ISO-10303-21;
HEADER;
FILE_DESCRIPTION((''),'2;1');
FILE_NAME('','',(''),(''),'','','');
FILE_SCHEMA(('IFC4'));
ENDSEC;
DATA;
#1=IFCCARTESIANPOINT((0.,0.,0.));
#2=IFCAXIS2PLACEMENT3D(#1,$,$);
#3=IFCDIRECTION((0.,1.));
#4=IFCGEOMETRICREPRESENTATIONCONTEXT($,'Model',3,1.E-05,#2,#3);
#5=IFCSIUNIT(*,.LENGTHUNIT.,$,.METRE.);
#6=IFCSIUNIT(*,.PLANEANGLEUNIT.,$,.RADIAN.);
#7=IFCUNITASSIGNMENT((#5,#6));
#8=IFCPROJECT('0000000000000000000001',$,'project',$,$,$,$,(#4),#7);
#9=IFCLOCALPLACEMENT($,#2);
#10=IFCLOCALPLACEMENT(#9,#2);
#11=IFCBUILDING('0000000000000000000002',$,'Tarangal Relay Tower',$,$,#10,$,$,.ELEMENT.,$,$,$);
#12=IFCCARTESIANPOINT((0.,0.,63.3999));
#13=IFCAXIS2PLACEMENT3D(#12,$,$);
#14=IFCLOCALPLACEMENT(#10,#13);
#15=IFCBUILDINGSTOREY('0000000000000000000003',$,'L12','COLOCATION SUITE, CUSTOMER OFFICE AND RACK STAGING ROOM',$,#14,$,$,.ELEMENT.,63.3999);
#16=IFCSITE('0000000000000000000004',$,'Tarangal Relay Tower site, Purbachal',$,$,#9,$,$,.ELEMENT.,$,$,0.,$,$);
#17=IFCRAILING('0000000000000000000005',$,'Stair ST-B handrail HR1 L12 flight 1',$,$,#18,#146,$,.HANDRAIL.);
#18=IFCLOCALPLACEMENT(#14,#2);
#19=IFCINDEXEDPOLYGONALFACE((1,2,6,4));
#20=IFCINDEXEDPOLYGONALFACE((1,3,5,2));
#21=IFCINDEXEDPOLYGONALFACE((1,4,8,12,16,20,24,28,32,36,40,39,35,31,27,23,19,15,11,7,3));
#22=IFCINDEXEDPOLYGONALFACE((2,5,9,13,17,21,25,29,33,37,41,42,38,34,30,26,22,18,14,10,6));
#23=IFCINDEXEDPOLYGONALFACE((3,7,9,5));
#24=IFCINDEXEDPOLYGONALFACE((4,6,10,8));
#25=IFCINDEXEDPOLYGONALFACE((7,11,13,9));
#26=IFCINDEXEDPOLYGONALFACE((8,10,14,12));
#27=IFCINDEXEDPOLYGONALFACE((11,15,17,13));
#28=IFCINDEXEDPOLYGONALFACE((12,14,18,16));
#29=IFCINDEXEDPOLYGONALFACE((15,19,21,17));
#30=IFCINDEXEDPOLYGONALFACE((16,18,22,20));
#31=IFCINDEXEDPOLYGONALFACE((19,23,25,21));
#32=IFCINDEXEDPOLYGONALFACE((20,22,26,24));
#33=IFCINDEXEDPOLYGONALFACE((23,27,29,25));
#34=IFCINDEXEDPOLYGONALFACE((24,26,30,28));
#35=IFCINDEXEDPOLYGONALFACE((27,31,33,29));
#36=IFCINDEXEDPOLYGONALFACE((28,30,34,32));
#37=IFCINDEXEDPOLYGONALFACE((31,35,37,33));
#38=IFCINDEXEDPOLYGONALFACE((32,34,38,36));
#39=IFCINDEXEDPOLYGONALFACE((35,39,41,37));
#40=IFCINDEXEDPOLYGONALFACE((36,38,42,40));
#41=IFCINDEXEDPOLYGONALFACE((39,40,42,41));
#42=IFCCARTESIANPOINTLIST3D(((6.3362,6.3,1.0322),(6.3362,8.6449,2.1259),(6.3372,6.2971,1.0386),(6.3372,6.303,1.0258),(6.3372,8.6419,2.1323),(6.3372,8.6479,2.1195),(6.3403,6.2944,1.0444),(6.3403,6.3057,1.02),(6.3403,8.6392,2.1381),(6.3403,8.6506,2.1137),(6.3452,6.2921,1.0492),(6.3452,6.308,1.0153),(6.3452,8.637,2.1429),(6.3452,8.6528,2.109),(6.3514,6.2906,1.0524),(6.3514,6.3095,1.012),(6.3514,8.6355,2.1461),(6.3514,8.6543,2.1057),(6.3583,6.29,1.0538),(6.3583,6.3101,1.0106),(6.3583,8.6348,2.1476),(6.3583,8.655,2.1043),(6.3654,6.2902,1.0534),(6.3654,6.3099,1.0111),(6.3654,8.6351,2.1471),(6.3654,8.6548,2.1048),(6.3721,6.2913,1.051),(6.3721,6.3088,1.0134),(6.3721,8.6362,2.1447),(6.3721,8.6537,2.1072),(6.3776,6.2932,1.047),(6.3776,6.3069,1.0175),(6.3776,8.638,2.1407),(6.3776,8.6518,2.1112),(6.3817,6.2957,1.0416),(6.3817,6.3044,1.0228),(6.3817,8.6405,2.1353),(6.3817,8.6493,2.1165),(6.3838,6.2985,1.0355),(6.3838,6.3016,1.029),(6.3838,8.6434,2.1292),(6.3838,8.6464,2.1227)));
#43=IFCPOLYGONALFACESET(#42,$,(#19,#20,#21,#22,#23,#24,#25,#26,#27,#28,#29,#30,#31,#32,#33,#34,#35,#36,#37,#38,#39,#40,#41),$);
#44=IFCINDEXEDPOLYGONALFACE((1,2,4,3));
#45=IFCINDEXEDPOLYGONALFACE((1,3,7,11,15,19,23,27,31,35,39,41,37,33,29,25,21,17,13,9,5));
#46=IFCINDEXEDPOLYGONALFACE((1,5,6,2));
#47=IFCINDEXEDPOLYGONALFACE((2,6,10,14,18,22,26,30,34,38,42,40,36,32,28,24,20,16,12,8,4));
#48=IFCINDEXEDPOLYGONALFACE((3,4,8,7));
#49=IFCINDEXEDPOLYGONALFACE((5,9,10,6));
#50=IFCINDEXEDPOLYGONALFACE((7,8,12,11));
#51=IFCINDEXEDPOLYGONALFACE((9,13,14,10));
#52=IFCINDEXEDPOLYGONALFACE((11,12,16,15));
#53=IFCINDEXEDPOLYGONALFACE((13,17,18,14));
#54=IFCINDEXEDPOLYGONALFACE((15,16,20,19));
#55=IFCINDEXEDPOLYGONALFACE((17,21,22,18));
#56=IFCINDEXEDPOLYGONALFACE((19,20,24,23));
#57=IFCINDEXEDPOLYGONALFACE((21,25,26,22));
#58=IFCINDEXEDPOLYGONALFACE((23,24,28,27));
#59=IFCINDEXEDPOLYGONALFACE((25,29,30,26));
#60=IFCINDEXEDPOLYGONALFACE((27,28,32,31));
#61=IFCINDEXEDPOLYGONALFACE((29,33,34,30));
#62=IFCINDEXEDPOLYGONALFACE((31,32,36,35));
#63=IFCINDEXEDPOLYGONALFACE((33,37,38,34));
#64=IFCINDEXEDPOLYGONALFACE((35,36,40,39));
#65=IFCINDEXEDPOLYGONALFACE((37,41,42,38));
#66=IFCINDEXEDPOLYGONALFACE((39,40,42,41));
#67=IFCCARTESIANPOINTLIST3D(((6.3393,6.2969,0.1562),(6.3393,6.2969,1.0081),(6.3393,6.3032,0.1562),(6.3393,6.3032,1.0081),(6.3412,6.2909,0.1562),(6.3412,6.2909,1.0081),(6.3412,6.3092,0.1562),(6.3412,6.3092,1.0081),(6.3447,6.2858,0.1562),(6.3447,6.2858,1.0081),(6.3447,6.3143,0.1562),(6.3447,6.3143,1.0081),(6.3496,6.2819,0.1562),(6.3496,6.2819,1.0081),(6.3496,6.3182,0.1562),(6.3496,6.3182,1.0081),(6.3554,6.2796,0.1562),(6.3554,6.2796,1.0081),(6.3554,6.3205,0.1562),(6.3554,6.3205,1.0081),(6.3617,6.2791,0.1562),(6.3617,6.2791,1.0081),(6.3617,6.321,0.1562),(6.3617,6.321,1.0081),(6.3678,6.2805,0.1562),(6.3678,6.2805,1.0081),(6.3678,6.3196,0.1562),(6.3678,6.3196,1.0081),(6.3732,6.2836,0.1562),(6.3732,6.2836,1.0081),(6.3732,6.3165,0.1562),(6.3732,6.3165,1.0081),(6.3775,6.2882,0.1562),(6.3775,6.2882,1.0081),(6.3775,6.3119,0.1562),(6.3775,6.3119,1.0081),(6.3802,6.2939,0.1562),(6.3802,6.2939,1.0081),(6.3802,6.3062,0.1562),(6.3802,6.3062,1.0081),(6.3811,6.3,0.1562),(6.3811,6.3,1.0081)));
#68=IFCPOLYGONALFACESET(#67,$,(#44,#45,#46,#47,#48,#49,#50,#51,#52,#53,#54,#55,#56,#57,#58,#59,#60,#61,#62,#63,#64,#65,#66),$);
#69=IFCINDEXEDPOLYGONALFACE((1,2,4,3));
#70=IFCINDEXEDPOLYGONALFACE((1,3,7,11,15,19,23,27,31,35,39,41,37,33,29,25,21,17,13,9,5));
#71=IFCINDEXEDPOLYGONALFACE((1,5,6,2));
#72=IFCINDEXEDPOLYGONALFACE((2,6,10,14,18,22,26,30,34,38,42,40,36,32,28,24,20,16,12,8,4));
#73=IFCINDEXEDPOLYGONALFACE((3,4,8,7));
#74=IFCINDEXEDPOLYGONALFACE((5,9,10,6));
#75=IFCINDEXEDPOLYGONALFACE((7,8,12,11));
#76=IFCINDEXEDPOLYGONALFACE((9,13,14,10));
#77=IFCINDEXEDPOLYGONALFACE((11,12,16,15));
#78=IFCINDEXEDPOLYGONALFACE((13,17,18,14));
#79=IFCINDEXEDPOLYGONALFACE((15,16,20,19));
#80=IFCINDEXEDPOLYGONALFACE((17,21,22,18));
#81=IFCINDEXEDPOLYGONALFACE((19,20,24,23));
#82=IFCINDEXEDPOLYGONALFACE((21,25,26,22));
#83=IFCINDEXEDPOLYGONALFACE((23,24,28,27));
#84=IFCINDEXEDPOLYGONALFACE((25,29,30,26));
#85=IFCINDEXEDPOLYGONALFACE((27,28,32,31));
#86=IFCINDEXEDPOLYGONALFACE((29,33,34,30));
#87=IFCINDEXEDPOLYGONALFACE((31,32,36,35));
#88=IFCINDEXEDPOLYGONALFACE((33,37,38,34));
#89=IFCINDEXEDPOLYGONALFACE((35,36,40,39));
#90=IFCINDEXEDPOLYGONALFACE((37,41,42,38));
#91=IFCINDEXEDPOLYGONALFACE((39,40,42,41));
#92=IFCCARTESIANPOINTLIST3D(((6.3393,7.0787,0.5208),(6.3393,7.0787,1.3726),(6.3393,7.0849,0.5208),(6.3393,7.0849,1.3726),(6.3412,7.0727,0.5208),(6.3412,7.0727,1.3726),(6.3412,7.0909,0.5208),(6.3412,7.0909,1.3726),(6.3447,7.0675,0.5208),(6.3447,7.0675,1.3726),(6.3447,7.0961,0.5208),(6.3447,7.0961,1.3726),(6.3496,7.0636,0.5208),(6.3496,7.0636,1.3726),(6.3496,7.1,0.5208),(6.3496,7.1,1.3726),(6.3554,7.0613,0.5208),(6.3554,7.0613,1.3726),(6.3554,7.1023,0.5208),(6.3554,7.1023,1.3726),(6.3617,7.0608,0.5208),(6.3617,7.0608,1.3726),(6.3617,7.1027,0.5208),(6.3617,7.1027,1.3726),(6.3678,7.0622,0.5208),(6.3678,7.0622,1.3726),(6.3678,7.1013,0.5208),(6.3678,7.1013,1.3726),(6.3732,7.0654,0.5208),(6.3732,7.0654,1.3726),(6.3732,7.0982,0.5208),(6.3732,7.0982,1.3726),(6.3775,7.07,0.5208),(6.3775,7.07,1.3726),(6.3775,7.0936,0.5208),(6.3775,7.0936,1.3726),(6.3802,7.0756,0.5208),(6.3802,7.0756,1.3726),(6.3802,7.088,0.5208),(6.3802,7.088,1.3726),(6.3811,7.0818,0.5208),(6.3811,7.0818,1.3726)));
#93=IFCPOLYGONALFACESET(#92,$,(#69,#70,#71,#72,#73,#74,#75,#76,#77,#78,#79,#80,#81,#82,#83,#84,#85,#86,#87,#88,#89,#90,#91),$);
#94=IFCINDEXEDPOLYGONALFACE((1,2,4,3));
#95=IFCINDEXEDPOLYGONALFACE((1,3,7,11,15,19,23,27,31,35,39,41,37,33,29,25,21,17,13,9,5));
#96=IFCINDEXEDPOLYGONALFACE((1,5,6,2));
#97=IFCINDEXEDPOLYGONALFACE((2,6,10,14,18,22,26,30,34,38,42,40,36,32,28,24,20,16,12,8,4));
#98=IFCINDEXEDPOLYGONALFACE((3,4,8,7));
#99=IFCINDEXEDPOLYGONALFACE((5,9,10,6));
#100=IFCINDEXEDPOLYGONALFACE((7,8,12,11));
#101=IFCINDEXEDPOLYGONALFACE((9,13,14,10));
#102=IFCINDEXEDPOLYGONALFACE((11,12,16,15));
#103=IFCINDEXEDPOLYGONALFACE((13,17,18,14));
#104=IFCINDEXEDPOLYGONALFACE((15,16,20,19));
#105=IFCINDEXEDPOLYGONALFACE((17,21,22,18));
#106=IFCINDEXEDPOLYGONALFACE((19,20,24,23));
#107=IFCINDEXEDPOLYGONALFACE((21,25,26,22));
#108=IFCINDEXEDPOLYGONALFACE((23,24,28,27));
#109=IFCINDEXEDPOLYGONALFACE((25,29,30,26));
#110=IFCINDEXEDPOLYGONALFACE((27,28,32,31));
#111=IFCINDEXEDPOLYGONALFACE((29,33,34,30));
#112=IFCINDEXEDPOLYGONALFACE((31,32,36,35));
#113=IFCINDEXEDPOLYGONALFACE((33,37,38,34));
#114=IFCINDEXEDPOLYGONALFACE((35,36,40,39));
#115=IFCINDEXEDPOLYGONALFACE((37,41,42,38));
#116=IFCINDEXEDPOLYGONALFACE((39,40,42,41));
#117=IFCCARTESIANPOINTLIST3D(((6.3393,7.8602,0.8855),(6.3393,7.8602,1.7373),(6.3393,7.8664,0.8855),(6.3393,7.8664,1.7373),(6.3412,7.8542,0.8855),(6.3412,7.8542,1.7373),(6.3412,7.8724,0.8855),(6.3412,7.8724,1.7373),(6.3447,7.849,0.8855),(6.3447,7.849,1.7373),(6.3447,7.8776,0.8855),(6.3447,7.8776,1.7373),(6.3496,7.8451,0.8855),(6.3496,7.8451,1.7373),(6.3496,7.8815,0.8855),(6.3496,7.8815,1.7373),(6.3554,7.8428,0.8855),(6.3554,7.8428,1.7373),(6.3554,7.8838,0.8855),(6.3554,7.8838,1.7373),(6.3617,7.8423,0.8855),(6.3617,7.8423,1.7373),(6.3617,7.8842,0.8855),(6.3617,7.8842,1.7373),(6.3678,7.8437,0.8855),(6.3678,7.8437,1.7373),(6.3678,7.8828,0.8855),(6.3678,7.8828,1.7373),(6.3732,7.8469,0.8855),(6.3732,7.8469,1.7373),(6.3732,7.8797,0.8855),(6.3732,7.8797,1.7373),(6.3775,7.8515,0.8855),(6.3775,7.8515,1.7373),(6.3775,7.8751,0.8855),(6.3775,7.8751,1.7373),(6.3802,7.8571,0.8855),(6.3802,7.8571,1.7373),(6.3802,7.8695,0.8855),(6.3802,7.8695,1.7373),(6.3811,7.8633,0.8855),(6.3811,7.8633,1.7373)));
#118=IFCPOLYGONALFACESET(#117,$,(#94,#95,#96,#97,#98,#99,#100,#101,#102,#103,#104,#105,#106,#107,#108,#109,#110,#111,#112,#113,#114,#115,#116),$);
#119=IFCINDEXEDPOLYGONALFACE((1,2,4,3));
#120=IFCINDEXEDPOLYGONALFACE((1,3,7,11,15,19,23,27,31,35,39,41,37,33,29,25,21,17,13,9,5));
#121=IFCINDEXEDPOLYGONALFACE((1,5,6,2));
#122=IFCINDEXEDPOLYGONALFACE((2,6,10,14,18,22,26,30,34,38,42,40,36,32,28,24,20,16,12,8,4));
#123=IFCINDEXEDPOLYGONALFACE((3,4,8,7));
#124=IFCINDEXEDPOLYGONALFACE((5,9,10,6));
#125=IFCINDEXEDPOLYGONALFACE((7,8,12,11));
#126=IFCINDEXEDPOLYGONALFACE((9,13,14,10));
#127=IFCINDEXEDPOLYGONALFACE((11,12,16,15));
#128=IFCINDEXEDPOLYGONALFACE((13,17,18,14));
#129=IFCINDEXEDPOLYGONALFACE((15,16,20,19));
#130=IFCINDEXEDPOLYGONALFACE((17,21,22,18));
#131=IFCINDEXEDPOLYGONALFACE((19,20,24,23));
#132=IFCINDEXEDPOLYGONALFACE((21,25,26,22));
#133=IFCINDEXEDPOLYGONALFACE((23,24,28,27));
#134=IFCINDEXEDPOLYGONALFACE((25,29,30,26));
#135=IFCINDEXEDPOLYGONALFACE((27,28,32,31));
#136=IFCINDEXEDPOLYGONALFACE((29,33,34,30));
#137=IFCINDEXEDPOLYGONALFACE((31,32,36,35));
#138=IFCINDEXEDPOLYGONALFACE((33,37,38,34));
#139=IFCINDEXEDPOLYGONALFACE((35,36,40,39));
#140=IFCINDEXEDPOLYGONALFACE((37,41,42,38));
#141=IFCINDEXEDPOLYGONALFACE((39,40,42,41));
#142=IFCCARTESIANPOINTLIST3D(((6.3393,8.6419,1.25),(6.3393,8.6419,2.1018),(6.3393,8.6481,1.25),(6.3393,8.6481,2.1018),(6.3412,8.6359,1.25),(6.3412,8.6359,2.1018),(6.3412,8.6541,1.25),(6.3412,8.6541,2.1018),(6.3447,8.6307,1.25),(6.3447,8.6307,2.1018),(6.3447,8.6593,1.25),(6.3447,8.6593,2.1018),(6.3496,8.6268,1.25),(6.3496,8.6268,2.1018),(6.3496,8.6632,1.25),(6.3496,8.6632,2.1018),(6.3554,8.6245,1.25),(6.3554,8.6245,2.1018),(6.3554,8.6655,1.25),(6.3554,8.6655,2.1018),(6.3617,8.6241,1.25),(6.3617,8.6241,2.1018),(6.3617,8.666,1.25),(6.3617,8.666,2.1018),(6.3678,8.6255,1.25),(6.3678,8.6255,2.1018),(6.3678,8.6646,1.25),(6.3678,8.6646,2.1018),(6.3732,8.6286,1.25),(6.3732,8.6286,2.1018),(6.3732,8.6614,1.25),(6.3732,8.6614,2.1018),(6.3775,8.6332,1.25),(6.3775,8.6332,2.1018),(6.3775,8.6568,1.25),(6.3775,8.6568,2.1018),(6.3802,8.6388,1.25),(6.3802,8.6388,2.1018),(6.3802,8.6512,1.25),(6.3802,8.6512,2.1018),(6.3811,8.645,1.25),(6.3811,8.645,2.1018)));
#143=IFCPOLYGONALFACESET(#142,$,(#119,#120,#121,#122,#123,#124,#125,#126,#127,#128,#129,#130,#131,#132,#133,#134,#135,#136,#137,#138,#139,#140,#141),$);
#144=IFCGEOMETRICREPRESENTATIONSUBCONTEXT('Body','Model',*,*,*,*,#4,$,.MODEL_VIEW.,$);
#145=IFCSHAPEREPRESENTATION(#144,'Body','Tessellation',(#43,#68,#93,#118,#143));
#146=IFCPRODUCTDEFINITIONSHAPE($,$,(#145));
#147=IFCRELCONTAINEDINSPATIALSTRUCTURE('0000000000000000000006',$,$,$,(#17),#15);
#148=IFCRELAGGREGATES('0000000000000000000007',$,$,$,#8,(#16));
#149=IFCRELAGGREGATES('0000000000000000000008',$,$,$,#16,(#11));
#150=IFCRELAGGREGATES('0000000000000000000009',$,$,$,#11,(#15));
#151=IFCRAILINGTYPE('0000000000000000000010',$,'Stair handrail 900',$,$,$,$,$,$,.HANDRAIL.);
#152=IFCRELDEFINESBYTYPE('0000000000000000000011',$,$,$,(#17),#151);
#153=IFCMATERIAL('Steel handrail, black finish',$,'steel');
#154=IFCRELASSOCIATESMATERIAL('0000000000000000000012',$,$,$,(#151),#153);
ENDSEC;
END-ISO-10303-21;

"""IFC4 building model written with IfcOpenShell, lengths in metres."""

from ifc_helpers import new_model, si_unit, direction, frame, origin, origin_2d, place, context, subcontext, project, spatial, circle, extrude, material, type_object, element, save


model = new_model("IFC4")

# Units and contexts
model_context = context("Model", 3, precision=1e-05, world=origin(), true_north=direction((0.0, 1.0)))
body_context = subcontext(model_context, "Body", "Model", "MODEL_VIEW")
ifc_project = project(units=[si_unit("LENGTHUNIT", "METRE"), si_unit("PLANEANGLEUNIT", "RADIAN")], contexts=[model_context])

# Site, building, storey
site_placement = place(None, origin())
site = spatial("IfcSite", under=ifc_project, at=site_placement, Name="Tarangal Relay Tower site, Purbachal", CompositionType="ELEMENT", RefElevation=0.0)
building_placement = place(site_placement, origin())
building = spatial("IfcBuilding", under=site, at=building_placement, Name="Tarangal Relay Tower", CompositionType="ELEMENT")
storey_placement = place(building_placement, frame((0.0, 0.0, 63.3999)))
storey = spatial("IfcBuildingStorey", under=building, at=storey_placement, Name="L12", Description="COLOCATION SUITE, CUSTOMER OFFICE AND RACK STAGING ROOM", CompositionType="ELEMENT", Elevation=63.3999)

# Railing
ifc_material_1 = material(Name="Steel handrail, black finish", Category="steel")
railing_type_1 = type_object("IfcRailingType", Name="Stair handrail 900", PredefinedType="HANDRAIL", material=ifc_material_1)
railing_1_placement = place(storey_placement, frame((6.3601, 6.3, 0.1562)))
element("IfcRailing", 1, at=railing_1_placement, inside=storey, type_object=railing_type_1, Name="Stair ST-B handrail HR1 L12 flight 1", PredefinedType="HANDRAIL", context=body_context, shape_type="SweptSolid", body=[
    extrude(circle(Radius=0.0239, at=origin_2d()), frame((0.0, 0.0, 0.876), z_axis=(0.0, 0.906267, 0.422705), x_axis=(-1.0, 0.0, 0.0)), (0.0, 0.0, 1.0), 2.5874),
    extrude(circle(Radius=0.021, at=origin_2d()), origin(), (0.0, 0.0, 1.0), 0.8518),
    extrude(circle(Radius=0.021, at=origin_2d()), frame((0.0, 0.7817, 0.3645)), (0.0, 0.0, 1.0), 0.8518),
    extrude(circle(Radius=0.021, at=origin_2d()), frame((0.0, 1.5632, 0.7292)), (0.0, 0.0, 1.0), 0.8518),
    extrude(circle(Radius=0.021, at=origin_2d()), frame((0.0, 2.345, 1.0938)), (0.0, 0.0, 1.0), 0.8518),
])

save(model, "model.ifc")
